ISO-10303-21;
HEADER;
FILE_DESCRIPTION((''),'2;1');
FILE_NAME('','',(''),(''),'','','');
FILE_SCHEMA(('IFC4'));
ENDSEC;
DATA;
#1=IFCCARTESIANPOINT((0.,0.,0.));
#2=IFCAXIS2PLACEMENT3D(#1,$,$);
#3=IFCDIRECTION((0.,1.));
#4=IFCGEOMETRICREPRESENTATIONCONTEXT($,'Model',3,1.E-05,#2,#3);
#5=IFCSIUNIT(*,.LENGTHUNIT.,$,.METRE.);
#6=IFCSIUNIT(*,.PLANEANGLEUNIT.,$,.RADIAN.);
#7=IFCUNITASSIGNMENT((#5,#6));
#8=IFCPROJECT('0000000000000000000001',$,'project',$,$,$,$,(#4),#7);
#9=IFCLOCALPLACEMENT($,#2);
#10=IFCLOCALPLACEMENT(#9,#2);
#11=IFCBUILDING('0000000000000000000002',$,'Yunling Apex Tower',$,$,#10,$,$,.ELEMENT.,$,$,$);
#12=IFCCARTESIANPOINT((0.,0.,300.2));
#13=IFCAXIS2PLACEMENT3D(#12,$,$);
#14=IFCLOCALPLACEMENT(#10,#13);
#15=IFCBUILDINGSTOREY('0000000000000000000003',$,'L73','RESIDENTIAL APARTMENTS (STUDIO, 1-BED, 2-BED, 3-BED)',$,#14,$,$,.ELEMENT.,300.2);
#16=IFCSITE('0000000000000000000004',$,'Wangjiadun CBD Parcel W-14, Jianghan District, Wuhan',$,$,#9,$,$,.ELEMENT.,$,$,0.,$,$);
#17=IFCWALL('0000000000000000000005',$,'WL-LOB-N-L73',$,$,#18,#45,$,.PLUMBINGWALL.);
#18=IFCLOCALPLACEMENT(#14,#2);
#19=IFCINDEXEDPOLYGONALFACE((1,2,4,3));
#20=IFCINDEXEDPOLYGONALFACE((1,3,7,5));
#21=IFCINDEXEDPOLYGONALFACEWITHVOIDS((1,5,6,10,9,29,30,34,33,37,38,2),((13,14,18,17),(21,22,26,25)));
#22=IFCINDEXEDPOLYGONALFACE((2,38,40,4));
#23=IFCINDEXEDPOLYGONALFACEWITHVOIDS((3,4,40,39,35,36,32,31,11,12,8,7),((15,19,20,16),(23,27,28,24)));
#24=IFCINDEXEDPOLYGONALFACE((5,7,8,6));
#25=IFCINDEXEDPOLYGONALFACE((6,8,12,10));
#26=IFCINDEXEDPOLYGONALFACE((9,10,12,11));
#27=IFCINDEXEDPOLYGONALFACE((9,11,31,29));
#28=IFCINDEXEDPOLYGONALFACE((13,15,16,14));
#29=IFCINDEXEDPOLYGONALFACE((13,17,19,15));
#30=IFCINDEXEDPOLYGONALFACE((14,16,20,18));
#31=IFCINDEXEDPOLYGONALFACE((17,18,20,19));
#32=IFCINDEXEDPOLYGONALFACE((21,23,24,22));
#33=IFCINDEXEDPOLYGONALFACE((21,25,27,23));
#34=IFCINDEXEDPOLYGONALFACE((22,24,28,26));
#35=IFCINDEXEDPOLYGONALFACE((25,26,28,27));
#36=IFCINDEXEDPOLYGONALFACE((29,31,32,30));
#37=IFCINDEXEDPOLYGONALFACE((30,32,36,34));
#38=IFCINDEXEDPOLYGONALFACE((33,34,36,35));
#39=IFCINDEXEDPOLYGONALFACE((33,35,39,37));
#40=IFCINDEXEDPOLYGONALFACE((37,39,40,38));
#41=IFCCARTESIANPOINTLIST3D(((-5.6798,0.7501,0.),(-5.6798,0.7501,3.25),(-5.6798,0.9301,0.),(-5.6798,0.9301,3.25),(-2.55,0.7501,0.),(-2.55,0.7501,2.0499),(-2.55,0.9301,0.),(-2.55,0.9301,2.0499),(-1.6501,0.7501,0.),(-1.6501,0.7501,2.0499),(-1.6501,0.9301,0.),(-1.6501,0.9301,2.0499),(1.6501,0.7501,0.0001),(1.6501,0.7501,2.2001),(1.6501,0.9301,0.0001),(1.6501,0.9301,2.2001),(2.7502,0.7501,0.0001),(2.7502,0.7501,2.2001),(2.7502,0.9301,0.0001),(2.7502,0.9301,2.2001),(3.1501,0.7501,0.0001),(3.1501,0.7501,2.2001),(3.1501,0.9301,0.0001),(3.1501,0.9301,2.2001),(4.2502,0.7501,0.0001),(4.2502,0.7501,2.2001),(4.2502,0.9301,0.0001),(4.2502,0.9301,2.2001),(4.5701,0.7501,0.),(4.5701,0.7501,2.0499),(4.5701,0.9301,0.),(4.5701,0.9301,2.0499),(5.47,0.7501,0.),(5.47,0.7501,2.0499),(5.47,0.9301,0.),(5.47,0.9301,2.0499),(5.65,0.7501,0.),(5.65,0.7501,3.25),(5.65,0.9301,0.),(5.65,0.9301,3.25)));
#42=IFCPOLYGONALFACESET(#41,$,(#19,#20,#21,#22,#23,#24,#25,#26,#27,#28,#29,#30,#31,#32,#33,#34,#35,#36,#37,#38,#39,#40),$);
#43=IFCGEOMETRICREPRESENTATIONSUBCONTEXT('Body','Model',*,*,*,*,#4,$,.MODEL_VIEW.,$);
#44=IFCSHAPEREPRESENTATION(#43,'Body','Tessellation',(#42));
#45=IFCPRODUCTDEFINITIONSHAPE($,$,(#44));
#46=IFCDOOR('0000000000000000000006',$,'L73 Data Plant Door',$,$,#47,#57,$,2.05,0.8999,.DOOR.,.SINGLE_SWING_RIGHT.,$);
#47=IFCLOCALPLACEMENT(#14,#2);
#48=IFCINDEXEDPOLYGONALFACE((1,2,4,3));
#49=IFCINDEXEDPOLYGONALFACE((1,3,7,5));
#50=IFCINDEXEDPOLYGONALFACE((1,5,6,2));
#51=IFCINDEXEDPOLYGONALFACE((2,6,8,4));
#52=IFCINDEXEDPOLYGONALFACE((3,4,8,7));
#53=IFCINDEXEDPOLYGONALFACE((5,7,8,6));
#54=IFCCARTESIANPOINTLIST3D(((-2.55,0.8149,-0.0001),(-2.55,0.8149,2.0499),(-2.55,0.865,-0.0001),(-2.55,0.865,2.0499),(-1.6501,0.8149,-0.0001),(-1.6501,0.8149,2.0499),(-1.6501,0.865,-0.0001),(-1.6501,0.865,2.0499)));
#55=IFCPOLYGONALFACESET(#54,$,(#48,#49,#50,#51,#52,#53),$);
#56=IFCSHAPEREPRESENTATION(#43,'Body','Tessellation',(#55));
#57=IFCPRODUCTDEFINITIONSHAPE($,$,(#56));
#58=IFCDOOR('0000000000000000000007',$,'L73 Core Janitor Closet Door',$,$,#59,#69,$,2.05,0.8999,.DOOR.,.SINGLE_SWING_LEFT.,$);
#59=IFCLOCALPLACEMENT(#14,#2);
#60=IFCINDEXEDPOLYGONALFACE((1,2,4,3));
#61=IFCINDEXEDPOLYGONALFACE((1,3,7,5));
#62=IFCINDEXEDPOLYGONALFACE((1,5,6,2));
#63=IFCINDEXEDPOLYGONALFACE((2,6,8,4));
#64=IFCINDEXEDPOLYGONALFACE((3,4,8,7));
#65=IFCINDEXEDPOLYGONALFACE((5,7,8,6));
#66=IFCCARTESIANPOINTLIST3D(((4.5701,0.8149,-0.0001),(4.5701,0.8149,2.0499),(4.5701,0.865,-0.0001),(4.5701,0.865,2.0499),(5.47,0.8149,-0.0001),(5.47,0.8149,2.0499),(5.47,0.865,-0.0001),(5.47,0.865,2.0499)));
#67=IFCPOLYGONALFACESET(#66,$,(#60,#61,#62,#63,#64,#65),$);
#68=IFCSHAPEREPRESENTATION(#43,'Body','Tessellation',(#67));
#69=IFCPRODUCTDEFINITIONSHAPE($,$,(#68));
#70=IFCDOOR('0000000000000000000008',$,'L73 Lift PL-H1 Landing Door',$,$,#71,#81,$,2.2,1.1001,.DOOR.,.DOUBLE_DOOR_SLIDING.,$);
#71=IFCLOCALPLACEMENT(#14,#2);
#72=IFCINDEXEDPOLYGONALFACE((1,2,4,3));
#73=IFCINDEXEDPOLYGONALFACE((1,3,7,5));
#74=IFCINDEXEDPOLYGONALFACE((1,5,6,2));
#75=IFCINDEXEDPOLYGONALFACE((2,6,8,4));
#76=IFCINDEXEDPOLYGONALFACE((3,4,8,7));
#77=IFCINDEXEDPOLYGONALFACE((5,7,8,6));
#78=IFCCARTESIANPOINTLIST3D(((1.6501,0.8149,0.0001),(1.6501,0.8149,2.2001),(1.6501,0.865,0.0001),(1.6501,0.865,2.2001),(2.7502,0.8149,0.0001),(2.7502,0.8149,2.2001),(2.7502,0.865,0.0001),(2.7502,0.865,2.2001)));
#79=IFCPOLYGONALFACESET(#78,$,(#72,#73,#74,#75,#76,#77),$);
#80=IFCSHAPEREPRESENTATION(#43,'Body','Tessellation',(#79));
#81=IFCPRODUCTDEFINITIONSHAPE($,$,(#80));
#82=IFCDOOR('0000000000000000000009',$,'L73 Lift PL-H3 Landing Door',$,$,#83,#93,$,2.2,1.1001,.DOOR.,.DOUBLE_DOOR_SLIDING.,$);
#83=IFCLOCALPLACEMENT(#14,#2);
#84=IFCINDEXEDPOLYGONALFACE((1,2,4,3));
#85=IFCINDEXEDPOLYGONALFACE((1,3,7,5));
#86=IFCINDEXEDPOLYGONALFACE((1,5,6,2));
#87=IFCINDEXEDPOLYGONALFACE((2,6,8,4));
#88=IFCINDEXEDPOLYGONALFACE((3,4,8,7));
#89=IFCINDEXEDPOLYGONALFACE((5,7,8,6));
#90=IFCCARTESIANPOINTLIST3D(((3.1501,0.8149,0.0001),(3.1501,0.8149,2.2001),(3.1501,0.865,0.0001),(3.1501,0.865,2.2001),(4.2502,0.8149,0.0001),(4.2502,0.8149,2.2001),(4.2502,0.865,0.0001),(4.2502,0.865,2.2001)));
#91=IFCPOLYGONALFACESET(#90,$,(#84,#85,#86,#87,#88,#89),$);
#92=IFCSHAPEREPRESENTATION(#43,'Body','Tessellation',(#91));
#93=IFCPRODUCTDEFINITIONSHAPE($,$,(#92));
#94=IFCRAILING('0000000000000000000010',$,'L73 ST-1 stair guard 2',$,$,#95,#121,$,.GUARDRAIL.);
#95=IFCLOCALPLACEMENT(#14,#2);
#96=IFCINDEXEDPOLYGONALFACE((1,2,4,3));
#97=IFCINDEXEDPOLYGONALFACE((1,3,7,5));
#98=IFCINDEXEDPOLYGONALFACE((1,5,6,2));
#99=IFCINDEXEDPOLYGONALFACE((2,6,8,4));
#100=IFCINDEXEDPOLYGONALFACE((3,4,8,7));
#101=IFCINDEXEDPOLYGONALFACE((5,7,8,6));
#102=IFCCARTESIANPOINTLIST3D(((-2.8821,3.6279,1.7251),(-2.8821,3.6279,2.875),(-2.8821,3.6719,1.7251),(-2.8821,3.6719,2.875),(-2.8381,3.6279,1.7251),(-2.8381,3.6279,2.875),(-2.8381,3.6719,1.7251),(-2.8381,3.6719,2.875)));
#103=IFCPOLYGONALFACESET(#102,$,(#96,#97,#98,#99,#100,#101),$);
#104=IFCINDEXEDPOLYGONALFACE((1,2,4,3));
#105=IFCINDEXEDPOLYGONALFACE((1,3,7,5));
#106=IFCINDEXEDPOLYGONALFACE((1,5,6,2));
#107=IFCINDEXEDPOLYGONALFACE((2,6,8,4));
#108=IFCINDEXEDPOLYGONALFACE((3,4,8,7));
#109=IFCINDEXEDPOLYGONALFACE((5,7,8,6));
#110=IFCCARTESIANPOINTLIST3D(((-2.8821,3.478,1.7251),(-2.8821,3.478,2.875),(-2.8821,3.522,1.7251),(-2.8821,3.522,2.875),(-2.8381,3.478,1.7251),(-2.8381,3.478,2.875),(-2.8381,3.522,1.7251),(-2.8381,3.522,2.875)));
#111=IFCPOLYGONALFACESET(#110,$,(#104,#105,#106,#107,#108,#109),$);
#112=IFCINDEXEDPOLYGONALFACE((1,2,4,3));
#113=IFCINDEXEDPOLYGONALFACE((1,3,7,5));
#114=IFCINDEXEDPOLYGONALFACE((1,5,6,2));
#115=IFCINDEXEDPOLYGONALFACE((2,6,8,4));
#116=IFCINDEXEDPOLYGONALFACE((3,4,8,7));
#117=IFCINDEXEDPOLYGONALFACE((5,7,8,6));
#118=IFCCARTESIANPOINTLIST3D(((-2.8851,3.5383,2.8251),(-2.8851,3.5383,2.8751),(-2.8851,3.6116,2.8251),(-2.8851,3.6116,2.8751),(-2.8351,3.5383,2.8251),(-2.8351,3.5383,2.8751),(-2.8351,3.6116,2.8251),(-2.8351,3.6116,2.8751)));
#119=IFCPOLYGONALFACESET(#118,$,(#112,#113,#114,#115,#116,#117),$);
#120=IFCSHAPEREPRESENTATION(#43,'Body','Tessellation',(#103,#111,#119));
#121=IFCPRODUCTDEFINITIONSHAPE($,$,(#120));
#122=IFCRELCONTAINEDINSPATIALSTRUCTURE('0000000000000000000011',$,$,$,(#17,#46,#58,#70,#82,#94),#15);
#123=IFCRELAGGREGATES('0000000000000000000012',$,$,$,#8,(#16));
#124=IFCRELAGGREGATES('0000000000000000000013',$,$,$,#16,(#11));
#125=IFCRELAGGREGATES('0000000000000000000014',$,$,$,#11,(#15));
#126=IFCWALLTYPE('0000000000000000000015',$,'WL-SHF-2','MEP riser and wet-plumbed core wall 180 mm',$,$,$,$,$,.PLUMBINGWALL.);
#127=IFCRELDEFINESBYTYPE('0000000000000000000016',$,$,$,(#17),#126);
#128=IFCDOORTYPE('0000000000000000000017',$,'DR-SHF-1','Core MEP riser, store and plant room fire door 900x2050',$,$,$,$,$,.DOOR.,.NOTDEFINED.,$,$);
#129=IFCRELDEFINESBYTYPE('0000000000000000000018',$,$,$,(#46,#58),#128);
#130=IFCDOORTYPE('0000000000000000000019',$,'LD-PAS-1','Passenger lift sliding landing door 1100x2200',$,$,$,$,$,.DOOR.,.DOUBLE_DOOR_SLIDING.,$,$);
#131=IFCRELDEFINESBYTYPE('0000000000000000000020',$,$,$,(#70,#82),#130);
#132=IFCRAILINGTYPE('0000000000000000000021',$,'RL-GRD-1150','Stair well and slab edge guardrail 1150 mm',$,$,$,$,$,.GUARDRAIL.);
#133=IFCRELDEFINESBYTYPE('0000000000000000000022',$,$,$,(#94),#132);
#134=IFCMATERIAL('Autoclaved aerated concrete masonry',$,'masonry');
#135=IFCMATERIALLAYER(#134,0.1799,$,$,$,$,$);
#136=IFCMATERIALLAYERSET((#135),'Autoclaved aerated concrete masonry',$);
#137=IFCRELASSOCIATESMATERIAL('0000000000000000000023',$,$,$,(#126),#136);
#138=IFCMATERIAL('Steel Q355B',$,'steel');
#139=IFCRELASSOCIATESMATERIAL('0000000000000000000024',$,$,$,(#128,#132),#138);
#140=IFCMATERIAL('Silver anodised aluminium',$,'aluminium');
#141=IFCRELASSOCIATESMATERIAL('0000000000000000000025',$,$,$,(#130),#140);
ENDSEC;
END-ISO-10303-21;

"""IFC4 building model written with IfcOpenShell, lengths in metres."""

from ifc_helpers import new_model, si_unit, direction, frame, frame_2d, origin, origin_2d, place, context, subcontext, project, spatial, rectangle, extrude, material, layer, layer_set, type_object, element, fill, save


model = new_model("IFC4")

# Units and contexts
model_context = context("Model", 3, precision=1e-05, world=origin(), true_north=direction((0.0, 1.0)))
body_context = subcontext(model_context, "Body", "Model", "MODEL_VIEW")
ifc_project = project(units=[si_unit("LENGTHUNIT", "METRE"), si_unit("PLANEANGLEUNIT", "RADIAN")], contexts=[model_context])

# Site, building, storey
site_placement = place(None, origin())
site = spatial("IfcSite", under=ifc_project, at=site_placement, Name="Wangjiadun CBD Parcel W-14, Jianghan District, Wuhan", CompositionType="ELEMENT", RefElevation=0.0)
building_placement = place(site_placement, origin())
building = spatial("IfcBuilding", under=site, at=building_placement, Name="Yunling Apex Tower", CompositionType="ELEMENT")
storey_placement = place(building_placement, frame((0.0, 0.0, 300.2)))
storey = spatial("IfcBuildingStorey", under=building, at=storey_placement, Name="L73", Description="RESIDENTIAL APARTMENTS (STUDIO, 1-BED, 2-BED, 3-BED)", CompositionType="ELEMENT", Elevation=300.2)

# Shared definitions
ifc_material_1 = material(Name="Steel Q355B", Category="steel")

# Wall, openings, doors
ifc_material_2 = material(Name="Autoclaved aerated concrete masonry", Category="masonry")
ifc_layer_1 = layer(ifc_material_2, 0.1799)
ifc_layer_set_1 = layer_set([ifc_layer_1], Name="Autoclaved aerated concrete masonry")
wall_type_1 = type_object("IfcWallType", Name="WL-SHF-2", Description="MEP riser and wet-plumbed core wall 180 mm", PredefinedType="PLUMBINGWALL", material=ifc_layer_set_1)
wall_1_placement = place(storey_placement, frame((-5.6799, 0.8401, 0.0), z_axis=(0.0, 0.0, 1.0), x_axis=(1.0, 0.0, 0.0)))
wall_1 = element("IfcWall", 1, at=wall_1_placement, inside=storey, type_object=wall_type_1, Name="WL-LOB-N-L73", PredefinedType="PLUMBINGWALL", context=body_context, shape_type="SweptSolid", body=[
    extrude(rectangle(XDim=11.3298, YDim=0.1799, at=frame_2d((5.665, 0.0))), origin(), (0.0, 0.0, 1.0), 3.25),
])
opening_1_placement = place(wall_1_placement, frame((3.1299, 0.0, 0.0)))
opening_1 = element("IfcOpeningElement", 2, at=opening_1_placement, cuts=wall_1, PredefinedType="OPENING", context=body_context, shape_type="SweptSolid", body=[
    extrude(rectangle(XDim=0.8999, YDim=2.05, at=frame_2d((0.45, 1.0249))), frame((0.0, 0.1001, 0.0), z_axis=(0.0, -1.0, 0.0), x_axis=(1.0, 0.0, 0.0)), (0.0, 0.0, 1.0), 0.2),
])
opening_2_placement = place(wall_1_placement, frame((7.3301, 0.0, 0.0)))
opening_2 = element("IfcOpeningElement", 3, at=opening_2_placement, cuts=wall_1, PredefinedType="OPENING", context=body_context, shape_type="SweptSolid", body=[
    extrude(rectangle(XDim=1.1001, YDim=2.2, at=frame_2d((0.55, 1.1001))), frame((0.0, 0.1001, 0.0), z_axis=(0.0, -1.0, 0.0), x_axis=(1.0, 0.0, 0.0)), (0.0, 0.0, 1.0), 0.2),
])
opening_3_placement = place(wall_1_placement, frame((8.8301, 0.0, 0.0)))
opening_3 = element("IfcOpeningElement", 4, at=opening_3_placement, cuts=wall_1, PredefinedType="OPENING", context=body_context, shape_type="SweptSolid", body=[
    extrude(rectangle(XDim=1.1001, YDim=2.2, at=frame_2d((0.55, 1.1001))), frame((0.0, 0.1001, 0.0), z_axis=(0.0, -1.0, 0.0), x_axis=(1.0, 0.0, 0.0)), (0.0, 0.0, 1.0), 0.2),
])
opening_4_placement = place(wall_1_placement, frame((10.25, 0.0, 0.0)))
opening_4 = element("IfcOpeningElement", 5, at=opening_4_placement, cuts=wall_1, PredefinedType="OPENING", context=body_context, shape_type="SweptSolid", body=[
    extrude(rectangle(XDim=0.8999, YDim=2.05, at=frame_2d((0.45, 1.0249))), frame((0.0, 0.1001, 0.0), z_axis=(0.0, -1.0, 0.0), x_axis=(1.0, 0.0, 0.0)), (0.0, 0.0, 1.0), 0.2),
])
door_type_1 = type_object("IfcDoorType", Name="DR-SHF-1", Description="Core MEP riser, store and plant room fire door 900x2050", OperationType="NOTDEFINED", PredefinedType="DOOR", material=ifc_material_1)
door_1_placement = place(opening_1_placement, origin())
door_1 = element("IfcDoor", 6, at=door_1_placement, inside=storey, type_object=door_type_1, Name="L73 Data Plant Door", OperationType="SINGLE_SWING_RIGHT", OverallHeight=2.05, OverallWidth=0.8999, PredefinedType="DOOR", context=body_context, shape_type="SweptSolid", body=[
    extrude(rectangle(XDim=0.8999, YDim=2.05, at=frame_2d((0.45, 1.0249))), frame((0.0, 0.0249, 0.0), z_axis=(0.0, -1.0, 0.0), x_axis=(1.0, 0.0, 0.0)), (0.0, 0.0, 1.0), 0.05),
])
fill(opening_1, door_1)
door_2_placement = place(opening_4_placement, origin())
door_2 = element("IfcDoor", 7, at=door_2_placement, inside=storey, type_object=door_type_1, Name="L73 Core Janitor Closet Door", OperationType="SINGLE_SWING_LEFT", OverallHeight=2.05, OverallWidth=0.8999, PredefinedType="DOOR", context=body_context, shape_type="SweptSolid", body=[
    extrude(rectangle(XDim=0.8999, YDim=2.05, at=frame_2d((0.45, 1.0249))), frame((0.0, 0.0249, 0.0), z_axis=(0.0, -1.0, 0.0), x_axis=(1.0, 0.0, 0.0)), (0.0, 0.0, 1.0), 0.05),
])
fill(opening_4, door_2)
ifc_material_3 = material(Name="Silver anodised aluminium", Category="aluminium")
door_type_2 = type_object("IfcDoorType", Name="LD-PAS-1", Description="Passenger lift sliding landing door 1100x2200", OperationType="DOUBLE_DOOR_SLIDING", PredefinedType="DOOR", material=ifc_material_3)
door_3_placement = place(opening_2_placement, origin())
door_3 = element("IfcDoor", 8, at=door_3_placement, inside=storey, type_object=door_type_2, Name="L73 Lift PL-H1 Landing Door", OperationType="DOUBLE_DOOR_SLIDING", OverallHeight=2.2, OverallWidth=1.1001, PredefinedType="DOOR", context=body_context, shape_type="SweptSolid", body=[
    extrude(rectangle(XDim=1.1001, YDim=2.2, at=frame_2d((0.55, 1.1001))), frame((0.0, 0.0249, 0.0), z_axis=(0.0, -1.0, 0.0), x_axis=(1.0, 0.0, 0.0)), (0.0, 0.0, 1.0), 0.05),
])
fill(opening_2, door_3)
door_4_placement = place(opening_3_placement, origin())
door_4 = element("IfcDoor", 9, at=door_4_placement, inside=storey, type_object=door_type_2, Name="L73 Lift PL-H3 Landing Door", OperationType="DOUBLE_DOOR_SLIDING", OverallHeight=2.2, OverallWidth=1.1001, PredefinedType="DOOR", context=body_context, shape_type="SweptSolid", body=[
    extrude(rectangle(XDim=1.1001, YDim=2.2, at=frame_2d((0.55, 1.1001))), frame((0.0, 0.0249, 0.0), z_axis=(0.0, -1.0, 0.0), x_axis=(1.0, 0.0, 0.0)), (0.0, 0.0, 1.0), 0.05),
])
fill(opening_3, door_4)

# Railing
railing_type = type_object("IfcRailingType", Name="RL-GRD-1150", Description="Stair well and slab edge guardrail 1150 mm", PredefinedType="GUARDRAIL", material=ifc_material_1)
railing_placement = place(storey_placement, frame((-2.8601, 3.6499, 1.7251)))
element("IfcRailing", 10, at=railing_placement, inside=storey, type_object=railing_type, Name="L73 ST-1 stair guard 2", PredefinedType="GUARDRAIL", context=body_context, shape_type="SweptSolid", body=[
    extrude(rectangle(XDim=0.0439, YDim=0.0439, at=origin_2d()), origin(), (0.0, 0.0, 1.0), 1.1499),
    extrude(rectangle(XDim=0.0439, YDim=0.0439, at=origin_2d()), frame((0.0, -0.1499, 0.0)), (0.0, 0.0, 1.0), 1.1499),
    extrude(rectangle(XDim=0.05, YDim=0.05, at=origin_2d()), frame((0.0, -0.0383, 1.125), z_axis=(0.0, -1.0, 0.0), x_axis=(1.0, 0.0, 0.0)), (0.0, 0.0, 1.0), 0.0732),
])

save(model, "model.ifc")
